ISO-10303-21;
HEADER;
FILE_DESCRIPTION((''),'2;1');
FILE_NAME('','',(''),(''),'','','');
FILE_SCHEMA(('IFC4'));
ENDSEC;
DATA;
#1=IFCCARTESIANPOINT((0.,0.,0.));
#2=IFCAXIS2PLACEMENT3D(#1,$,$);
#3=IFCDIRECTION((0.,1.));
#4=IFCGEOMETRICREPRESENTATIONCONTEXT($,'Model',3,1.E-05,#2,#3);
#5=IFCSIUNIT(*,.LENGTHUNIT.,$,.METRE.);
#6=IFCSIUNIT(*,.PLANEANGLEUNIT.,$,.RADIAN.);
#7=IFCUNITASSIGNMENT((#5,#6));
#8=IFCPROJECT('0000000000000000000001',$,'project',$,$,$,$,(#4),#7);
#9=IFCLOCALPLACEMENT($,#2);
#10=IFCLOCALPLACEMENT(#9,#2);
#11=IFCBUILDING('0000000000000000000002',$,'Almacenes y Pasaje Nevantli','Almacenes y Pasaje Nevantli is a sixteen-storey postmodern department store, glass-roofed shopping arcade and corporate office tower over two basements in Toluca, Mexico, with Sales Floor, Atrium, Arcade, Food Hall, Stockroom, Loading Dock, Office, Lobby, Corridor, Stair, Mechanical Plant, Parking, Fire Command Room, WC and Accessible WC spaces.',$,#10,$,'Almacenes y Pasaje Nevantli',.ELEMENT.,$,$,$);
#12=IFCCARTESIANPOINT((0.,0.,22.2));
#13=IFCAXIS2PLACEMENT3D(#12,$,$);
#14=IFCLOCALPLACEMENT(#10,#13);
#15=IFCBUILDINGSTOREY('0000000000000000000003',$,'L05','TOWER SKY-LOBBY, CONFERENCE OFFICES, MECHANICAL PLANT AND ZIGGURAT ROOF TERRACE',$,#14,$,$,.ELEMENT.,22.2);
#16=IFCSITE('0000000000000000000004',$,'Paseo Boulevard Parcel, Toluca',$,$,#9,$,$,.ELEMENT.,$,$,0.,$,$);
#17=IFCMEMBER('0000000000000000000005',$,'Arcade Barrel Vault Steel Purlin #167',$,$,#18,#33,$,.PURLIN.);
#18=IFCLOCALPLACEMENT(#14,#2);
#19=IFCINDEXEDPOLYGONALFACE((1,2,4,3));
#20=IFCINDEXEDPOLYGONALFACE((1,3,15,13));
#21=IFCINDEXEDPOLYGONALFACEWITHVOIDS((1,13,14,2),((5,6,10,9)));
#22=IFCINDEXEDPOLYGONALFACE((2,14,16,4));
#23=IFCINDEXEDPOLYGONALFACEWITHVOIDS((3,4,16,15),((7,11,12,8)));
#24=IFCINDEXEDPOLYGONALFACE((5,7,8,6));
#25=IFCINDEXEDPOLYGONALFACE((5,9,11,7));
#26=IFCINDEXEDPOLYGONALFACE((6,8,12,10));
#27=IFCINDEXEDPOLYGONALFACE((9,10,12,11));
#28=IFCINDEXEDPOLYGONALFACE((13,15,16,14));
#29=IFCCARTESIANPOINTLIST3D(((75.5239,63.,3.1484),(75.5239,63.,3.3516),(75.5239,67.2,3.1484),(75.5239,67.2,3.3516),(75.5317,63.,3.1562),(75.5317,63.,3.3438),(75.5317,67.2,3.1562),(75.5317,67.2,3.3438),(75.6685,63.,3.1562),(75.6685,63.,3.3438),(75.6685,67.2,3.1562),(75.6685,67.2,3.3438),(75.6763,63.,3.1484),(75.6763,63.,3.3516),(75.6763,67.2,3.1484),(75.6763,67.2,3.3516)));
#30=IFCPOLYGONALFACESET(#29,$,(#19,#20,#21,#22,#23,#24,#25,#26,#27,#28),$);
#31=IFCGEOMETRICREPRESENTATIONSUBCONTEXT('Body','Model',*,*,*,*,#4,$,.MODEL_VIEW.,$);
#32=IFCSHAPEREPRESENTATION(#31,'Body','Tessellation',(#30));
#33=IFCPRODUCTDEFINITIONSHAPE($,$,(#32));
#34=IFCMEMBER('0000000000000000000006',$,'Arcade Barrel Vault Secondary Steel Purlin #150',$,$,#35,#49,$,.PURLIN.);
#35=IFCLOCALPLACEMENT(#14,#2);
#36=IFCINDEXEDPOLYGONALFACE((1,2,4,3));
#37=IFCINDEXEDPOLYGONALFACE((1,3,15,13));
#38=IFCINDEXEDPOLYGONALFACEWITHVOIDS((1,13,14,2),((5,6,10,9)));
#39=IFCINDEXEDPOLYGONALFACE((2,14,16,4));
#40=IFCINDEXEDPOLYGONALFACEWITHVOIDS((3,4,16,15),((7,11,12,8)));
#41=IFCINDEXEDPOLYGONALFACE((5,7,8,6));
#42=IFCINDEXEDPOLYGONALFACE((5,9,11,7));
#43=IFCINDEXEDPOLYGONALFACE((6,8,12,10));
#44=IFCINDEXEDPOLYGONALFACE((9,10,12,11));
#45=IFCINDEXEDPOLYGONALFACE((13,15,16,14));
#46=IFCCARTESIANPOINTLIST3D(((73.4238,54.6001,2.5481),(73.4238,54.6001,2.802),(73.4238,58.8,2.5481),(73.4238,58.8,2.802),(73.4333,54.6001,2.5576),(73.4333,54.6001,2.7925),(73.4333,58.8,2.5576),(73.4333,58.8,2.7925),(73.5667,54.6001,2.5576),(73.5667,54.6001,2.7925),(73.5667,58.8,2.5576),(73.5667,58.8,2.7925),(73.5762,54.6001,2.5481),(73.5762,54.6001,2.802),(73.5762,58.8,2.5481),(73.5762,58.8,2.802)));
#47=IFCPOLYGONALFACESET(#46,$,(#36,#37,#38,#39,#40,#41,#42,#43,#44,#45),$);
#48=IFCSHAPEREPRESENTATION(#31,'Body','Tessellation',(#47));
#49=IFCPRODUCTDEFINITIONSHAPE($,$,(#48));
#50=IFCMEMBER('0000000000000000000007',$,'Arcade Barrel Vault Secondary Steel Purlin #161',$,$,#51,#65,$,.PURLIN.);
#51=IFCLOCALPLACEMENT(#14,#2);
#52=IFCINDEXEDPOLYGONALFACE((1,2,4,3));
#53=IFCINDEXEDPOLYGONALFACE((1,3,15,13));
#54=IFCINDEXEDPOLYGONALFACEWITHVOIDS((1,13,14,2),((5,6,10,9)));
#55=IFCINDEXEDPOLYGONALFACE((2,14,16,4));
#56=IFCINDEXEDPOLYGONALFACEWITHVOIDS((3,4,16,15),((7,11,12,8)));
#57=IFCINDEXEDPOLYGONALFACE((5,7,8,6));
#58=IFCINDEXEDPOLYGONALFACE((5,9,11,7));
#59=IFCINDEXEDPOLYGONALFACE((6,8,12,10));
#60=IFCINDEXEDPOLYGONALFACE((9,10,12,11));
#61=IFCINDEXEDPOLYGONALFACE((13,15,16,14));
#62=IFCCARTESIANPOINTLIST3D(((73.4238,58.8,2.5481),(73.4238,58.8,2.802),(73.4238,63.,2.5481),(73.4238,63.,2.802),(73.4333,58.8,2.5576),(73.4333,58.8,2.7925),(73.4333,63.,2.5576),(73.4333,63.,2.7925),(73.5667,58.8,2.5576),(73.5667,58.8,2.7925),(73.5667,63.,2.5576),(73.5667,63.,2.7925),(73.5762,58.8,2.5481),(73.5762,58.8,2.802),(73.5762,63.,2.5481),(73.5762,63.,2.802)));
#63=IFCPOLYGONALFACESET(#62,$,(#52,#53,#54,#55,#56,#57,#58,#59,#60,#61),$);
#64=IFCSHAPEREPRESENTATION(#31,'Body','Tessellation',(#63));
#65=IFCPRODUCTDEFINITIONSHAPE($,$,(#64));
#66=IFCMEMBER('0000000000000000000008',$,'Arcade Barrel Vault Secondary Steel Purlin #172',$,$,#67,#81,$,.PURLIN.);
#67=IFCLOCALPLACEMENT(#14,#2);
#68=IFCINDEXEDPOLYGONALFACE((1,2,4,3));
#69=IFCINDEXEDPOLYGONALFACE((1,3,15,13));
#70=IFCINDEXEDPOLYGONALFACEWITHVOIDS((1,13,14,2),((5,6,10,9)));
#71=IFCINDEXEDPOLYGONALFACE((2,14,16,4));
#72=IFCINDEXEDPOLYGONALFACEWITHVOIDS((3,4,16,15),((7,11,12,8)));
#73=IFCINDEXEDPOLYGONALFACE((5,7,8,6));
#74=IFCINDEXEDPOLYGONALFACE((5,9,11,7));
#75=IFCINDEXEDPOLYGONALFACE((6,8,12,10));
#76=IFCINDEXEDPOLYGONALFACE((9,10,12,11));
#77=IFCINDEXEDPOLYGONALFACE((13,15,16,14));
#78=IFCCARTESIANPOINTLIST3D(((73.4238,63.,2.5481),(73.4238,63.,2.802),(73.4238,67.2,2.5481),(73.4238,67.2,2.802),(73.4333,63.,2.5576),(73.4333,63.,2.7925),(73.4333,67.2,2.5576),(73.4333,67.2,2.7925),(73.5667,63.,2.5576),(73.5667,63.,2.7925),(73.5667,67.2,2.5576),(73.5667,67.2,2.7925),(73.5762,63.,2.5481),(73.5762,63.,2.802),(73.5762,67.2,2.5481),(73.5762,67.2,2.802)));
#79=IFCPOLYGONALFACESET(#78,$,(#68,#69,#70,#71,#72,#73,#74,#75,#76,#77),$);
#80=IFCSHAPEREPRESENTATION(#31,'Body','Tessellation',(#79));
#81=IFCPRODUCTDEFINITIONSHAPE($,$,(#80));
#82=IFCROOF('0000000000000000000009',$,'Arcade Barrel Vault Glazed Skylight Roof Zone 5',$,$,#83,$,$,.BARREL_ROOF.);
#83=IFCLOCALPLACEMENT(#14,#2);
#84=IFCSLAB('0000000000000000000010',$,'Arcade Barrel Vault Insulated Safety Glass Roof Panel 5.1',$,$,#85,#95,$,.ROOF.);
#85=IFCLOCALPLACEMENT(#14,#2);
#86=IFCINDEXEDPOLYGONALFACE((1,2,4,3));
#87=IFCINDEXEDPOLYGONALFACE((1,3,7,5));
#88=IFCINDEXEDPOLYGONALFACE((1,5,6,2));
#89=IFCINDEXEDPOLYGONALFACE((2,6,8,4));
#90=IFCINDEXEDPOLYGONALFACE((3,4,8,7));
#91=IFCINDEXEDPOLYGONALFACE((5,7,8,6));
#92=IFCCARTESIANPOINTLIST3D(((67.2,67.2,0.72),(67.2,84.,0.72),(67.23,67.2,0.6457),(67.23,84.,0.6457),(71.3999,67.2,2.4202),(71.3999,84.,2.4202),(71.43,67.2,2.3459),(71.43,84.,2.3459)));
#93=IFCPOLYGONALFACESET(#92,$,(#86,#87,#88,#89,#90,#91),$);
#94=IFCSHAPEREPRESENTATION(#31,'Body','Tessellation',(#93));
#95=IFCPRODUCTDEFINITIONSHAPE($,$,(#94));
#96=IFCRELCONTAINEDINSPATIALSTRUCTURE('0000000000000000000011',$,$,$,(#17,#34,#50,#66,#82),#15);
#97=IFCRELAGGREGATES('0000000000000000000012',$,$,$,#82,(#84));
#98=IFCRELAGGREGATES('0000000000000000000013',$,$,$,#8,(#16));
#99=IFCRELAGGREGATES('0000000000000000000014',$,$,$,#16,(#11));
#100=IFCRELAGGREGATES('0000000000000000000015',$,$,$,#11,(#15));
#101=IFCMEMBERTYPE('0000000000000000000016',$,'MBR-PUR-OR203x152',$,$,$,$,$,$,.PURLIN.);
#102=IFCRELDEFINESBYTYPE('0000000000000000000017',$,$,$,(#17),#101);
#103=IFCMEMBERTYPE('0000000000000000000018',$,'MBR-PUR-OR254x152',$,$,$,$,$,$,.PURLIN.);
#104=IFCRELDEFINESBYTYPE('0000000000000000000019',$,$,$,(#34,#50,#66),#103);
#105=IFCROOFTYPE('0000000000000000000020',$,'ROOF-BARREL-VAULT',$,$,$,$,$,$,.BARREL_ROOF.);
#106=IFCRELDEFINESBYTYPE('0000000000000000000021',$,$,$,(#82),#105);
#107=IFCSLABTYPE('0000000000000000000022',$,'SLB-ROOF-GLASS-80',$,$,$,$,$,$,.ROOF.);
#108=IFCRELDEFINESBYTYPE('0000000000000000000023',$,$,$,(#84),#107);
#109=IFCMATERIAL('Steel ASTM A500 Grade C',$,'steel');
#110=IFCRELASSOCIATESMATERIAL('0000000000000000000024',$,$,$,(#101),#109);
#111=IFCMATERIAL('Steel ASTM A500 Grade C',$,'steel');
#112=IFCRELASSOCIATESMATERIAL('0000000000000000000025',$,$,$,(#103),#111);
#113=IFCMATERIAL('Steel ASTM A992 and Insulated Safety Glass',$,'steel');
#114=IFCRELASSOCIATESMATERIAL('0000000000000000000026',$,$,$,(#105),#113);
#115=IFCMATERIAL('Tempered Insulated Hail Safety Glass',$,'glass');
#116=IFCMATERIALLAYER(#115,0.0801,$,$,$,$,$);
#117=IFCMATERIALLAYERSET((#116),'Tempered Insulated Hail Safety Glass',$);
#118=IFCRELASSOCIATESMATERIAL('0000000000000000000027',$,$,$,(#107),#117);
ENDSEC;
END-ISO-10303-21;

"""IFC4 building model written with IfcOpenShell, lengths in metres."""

from ifc_helpers import new_model, si_unit, direction, frame, origin, origin_2d, place, context, subcontext, project, spatial, polyline, hollow_rectangle, outline, extrude, material, layer, layer_set, material_profile, profile_set, type_object, element, aggregate, save


model = new_model("IFC4")

# Units and contexts
model_context = context("Model", 3, precision=1e-05, world=origin(), true_north=direction((0.0, 1.0)))
body_context = subcontext(model_context, "Body", "Model", "MODEL_VIEW")
ifc_project = project(units=[si_unit("LENGTHUNIT", "METRE"), si_unit("PLANEANGLEUNIT", "RADIAN")], contexts=[model_context])

# Site, building, storey
site_placement = place(None, origin())
site = spatial("IfcSite", under=ifc_project, at=site_placement, Name="Paseo Boulevard Parcel, Toluca", CompositionType="ELEMENT", RefElevation=0.0)
building_placement = place(site_placement, origin())
building = spatial("IfcBuilding", under=site, at=building_placement, Name="Almacenes y Pasaje Nevantli", Description="Almacenes y Pasaje Nevantli is a sixteen-storey postmodern department store, glass-roofed shopping arcade and corporate office tower over two basements in Toluca, Mexico, with Sales Floor, Atrium, Arcade, Food Hall, Stockroom, Loading Dock, Office, Lobby, Corridor, Stair, Mechanical Plant, Parking, Fire Command Room, WC and Accessible WC spaces.", LongName="Almacenes y Pasaje Nevantli", CompositionType="ELEMENT")
storey_placement = place(building_placement, frame((0.0, 0.0, 22.2)))
storey = spatial("IfcBuildingStorey", under=building, at=storey_placement, Name="L05", Description="TOWER SKY-LOBBY, CONFERENCE OFFICES, MECHANICAL PLANT AND ZIGGURAT ROOF TERRACE", CompositionType="ELEMENT", Elevation=22.2)

# Members
ifc_material_1 = material(Name="Steel ASTM A500 Grade C", Category="steel")
ifc_material_profile_1 = material_profile(ifc_material_1, hollow_rectangle(XDim=0.1523, YDim=0.2031, WallThickness=0.0078, at=origin_2d()), Name="OR 203x152x7.9")
ifc_profile_set_1 = profile_set([ifc_material_profile_1], Name="Steel ASTM A500 Grade C")
member_type_1 = type_object("IfcMemberType", Name="MBR-PUR-OR203x152", PredefinedType="PURLIN", material=ifc_profile_set_1)
for number, where, z_axis, x_axis, name in (
    (1, (75.6001, 63.0, 3.25), (0.0, 1.0, 0.0), (-1.0, 0.0, 0.0), "Arcade Barrel Vault Steel Purlin #167"),
):
    element("IfcMember", number, at=place(storey_placement, frame(where, z_axis=z_axis, x_axis=x_axis)), inside=storey, type_object=member_type_1, Name=name, PredefinedType="PURLIN", context=body_context, shape_type="SweptSolid", body=[
        extrude(hollow_rectangle(XDim=0.1523, YDim=0.2031, WallThickness=0.0078, at=origin_2d()), origin(), (0.0, 0.0, 1.0), 4.2),
    ])
ifc_material_2 = material(Name="Steel ASTM A500 Grade C", Category="steel")
ifc_material_profile_2 = material_profile(ifc_material_2, hollow_rectangle(XDim=0.1523, YDim=0.2539, WallThickness=0.0095, at=origin_2d()), Name="OR 254x152x9.5")
ifc_profile_set_2 = profile_set([ifc_material_profile_2], Name="Steel ASTM A500 Grade C")
member_type_2 = type_object("IfcMemberType", Name="MBR-PUR-OR254x152", PredefinedType="PURLIN", material=ifc_profile_set_2)
for number, where, z_axis, x_axis, name in (
    (2, (73.5, 54.6001, 2.675), (0.0, 1.0, 0.0), (-1.0, 0.0, 0.0), "Arcade Barrel Vault Secondary Steel Purlin #150"),
    (3, (73.5, 58.8, 2.675), (0.0, 1.0, 0.0), (-1.0, 0.0, 0.0), "Arcade Barrel Vault Secondary Steel Purlin #161"),
    (4, (73.5, 63.0, 2.675), (0.0, 1.0, 0.0), (-1.0, 0.0, 0.0), "Arcade Barrel Vault Secondary Steel Purlin #172"),
):
    element("IfcMember", number, at=place(storey_placement, frame(where, z_axis=z_axis, x_axis=x_axis)), inside=storey, type_object=member_type_2, Name=name, PredefinedType="PURLIN", context=body_context, shape_type="SweptSolid", body=[
        extrude(hollow_rectangle(XDim=0.1523, YDim=0.2539, WallThickness=0.0095, at=origin_2d()), origin(), (0.0, 0.0, 1.0), 4.2),
    ])

# Roof, slab
ifc_material_3 = material(Name="Steel ASTM A992 and Insulated Safety Glass", Category="steel")
roof_type = type_object("IfcRoofType", Name="ROOF-BARREL-VAULT", PredefinedType="BARREL_ROOF", material=ifc_material_3)
roof_placement = place(storey_placement, origin())
roof = element("IfcRoof", 5, at=roof_placement, inside=storey, type_object=roof_type, Name="Arcade Barrel Vault Glazed Skylight Roof Zone 5", PredefinedType="BARREL_ROOF")
ifc_material_4 = material(Name="Tempered Insulated Hail Safety Glass", Category="glass")
ifc_layer = layer(ifc_material_4, 0.0801)
ifc_layer_set = layer_set([ifc_layer], Name="Tempered Insulated Hail Safety Glass")
slab_type = type_object("IfcSlabType", Name="SLB-ROOF-GLASS-80", PredefinedType="ROOF", material=ifc_layer_set)
slab_placement = place(storey_placement, frame((67.2, 67.2, 0.72), z_axis=(-0.375234, 0.0, 0.92693), x_axis=(0.92693, 0.0, 0.375234)))
slab = element("IfcSlab", 6, at=slab_placement, type_object=slab_type, Name="Arcade Barrel Vault Insulated Safety Glass Roof Panel 5.1", PredefinedType="ROOF", context=body_context, shape_type="SweptSolid", body=[
    extrude(outline(polyline([(0.0, 0.0), (4.531, 0.0), (4.531, 16.8), (0.0, 16.8), (0.0, 0.0)])), origin(), (0.0, 0.0, -1.0), 0.0801),
])
aggregate(roof, [slab])

save(model, "model.ifc")
